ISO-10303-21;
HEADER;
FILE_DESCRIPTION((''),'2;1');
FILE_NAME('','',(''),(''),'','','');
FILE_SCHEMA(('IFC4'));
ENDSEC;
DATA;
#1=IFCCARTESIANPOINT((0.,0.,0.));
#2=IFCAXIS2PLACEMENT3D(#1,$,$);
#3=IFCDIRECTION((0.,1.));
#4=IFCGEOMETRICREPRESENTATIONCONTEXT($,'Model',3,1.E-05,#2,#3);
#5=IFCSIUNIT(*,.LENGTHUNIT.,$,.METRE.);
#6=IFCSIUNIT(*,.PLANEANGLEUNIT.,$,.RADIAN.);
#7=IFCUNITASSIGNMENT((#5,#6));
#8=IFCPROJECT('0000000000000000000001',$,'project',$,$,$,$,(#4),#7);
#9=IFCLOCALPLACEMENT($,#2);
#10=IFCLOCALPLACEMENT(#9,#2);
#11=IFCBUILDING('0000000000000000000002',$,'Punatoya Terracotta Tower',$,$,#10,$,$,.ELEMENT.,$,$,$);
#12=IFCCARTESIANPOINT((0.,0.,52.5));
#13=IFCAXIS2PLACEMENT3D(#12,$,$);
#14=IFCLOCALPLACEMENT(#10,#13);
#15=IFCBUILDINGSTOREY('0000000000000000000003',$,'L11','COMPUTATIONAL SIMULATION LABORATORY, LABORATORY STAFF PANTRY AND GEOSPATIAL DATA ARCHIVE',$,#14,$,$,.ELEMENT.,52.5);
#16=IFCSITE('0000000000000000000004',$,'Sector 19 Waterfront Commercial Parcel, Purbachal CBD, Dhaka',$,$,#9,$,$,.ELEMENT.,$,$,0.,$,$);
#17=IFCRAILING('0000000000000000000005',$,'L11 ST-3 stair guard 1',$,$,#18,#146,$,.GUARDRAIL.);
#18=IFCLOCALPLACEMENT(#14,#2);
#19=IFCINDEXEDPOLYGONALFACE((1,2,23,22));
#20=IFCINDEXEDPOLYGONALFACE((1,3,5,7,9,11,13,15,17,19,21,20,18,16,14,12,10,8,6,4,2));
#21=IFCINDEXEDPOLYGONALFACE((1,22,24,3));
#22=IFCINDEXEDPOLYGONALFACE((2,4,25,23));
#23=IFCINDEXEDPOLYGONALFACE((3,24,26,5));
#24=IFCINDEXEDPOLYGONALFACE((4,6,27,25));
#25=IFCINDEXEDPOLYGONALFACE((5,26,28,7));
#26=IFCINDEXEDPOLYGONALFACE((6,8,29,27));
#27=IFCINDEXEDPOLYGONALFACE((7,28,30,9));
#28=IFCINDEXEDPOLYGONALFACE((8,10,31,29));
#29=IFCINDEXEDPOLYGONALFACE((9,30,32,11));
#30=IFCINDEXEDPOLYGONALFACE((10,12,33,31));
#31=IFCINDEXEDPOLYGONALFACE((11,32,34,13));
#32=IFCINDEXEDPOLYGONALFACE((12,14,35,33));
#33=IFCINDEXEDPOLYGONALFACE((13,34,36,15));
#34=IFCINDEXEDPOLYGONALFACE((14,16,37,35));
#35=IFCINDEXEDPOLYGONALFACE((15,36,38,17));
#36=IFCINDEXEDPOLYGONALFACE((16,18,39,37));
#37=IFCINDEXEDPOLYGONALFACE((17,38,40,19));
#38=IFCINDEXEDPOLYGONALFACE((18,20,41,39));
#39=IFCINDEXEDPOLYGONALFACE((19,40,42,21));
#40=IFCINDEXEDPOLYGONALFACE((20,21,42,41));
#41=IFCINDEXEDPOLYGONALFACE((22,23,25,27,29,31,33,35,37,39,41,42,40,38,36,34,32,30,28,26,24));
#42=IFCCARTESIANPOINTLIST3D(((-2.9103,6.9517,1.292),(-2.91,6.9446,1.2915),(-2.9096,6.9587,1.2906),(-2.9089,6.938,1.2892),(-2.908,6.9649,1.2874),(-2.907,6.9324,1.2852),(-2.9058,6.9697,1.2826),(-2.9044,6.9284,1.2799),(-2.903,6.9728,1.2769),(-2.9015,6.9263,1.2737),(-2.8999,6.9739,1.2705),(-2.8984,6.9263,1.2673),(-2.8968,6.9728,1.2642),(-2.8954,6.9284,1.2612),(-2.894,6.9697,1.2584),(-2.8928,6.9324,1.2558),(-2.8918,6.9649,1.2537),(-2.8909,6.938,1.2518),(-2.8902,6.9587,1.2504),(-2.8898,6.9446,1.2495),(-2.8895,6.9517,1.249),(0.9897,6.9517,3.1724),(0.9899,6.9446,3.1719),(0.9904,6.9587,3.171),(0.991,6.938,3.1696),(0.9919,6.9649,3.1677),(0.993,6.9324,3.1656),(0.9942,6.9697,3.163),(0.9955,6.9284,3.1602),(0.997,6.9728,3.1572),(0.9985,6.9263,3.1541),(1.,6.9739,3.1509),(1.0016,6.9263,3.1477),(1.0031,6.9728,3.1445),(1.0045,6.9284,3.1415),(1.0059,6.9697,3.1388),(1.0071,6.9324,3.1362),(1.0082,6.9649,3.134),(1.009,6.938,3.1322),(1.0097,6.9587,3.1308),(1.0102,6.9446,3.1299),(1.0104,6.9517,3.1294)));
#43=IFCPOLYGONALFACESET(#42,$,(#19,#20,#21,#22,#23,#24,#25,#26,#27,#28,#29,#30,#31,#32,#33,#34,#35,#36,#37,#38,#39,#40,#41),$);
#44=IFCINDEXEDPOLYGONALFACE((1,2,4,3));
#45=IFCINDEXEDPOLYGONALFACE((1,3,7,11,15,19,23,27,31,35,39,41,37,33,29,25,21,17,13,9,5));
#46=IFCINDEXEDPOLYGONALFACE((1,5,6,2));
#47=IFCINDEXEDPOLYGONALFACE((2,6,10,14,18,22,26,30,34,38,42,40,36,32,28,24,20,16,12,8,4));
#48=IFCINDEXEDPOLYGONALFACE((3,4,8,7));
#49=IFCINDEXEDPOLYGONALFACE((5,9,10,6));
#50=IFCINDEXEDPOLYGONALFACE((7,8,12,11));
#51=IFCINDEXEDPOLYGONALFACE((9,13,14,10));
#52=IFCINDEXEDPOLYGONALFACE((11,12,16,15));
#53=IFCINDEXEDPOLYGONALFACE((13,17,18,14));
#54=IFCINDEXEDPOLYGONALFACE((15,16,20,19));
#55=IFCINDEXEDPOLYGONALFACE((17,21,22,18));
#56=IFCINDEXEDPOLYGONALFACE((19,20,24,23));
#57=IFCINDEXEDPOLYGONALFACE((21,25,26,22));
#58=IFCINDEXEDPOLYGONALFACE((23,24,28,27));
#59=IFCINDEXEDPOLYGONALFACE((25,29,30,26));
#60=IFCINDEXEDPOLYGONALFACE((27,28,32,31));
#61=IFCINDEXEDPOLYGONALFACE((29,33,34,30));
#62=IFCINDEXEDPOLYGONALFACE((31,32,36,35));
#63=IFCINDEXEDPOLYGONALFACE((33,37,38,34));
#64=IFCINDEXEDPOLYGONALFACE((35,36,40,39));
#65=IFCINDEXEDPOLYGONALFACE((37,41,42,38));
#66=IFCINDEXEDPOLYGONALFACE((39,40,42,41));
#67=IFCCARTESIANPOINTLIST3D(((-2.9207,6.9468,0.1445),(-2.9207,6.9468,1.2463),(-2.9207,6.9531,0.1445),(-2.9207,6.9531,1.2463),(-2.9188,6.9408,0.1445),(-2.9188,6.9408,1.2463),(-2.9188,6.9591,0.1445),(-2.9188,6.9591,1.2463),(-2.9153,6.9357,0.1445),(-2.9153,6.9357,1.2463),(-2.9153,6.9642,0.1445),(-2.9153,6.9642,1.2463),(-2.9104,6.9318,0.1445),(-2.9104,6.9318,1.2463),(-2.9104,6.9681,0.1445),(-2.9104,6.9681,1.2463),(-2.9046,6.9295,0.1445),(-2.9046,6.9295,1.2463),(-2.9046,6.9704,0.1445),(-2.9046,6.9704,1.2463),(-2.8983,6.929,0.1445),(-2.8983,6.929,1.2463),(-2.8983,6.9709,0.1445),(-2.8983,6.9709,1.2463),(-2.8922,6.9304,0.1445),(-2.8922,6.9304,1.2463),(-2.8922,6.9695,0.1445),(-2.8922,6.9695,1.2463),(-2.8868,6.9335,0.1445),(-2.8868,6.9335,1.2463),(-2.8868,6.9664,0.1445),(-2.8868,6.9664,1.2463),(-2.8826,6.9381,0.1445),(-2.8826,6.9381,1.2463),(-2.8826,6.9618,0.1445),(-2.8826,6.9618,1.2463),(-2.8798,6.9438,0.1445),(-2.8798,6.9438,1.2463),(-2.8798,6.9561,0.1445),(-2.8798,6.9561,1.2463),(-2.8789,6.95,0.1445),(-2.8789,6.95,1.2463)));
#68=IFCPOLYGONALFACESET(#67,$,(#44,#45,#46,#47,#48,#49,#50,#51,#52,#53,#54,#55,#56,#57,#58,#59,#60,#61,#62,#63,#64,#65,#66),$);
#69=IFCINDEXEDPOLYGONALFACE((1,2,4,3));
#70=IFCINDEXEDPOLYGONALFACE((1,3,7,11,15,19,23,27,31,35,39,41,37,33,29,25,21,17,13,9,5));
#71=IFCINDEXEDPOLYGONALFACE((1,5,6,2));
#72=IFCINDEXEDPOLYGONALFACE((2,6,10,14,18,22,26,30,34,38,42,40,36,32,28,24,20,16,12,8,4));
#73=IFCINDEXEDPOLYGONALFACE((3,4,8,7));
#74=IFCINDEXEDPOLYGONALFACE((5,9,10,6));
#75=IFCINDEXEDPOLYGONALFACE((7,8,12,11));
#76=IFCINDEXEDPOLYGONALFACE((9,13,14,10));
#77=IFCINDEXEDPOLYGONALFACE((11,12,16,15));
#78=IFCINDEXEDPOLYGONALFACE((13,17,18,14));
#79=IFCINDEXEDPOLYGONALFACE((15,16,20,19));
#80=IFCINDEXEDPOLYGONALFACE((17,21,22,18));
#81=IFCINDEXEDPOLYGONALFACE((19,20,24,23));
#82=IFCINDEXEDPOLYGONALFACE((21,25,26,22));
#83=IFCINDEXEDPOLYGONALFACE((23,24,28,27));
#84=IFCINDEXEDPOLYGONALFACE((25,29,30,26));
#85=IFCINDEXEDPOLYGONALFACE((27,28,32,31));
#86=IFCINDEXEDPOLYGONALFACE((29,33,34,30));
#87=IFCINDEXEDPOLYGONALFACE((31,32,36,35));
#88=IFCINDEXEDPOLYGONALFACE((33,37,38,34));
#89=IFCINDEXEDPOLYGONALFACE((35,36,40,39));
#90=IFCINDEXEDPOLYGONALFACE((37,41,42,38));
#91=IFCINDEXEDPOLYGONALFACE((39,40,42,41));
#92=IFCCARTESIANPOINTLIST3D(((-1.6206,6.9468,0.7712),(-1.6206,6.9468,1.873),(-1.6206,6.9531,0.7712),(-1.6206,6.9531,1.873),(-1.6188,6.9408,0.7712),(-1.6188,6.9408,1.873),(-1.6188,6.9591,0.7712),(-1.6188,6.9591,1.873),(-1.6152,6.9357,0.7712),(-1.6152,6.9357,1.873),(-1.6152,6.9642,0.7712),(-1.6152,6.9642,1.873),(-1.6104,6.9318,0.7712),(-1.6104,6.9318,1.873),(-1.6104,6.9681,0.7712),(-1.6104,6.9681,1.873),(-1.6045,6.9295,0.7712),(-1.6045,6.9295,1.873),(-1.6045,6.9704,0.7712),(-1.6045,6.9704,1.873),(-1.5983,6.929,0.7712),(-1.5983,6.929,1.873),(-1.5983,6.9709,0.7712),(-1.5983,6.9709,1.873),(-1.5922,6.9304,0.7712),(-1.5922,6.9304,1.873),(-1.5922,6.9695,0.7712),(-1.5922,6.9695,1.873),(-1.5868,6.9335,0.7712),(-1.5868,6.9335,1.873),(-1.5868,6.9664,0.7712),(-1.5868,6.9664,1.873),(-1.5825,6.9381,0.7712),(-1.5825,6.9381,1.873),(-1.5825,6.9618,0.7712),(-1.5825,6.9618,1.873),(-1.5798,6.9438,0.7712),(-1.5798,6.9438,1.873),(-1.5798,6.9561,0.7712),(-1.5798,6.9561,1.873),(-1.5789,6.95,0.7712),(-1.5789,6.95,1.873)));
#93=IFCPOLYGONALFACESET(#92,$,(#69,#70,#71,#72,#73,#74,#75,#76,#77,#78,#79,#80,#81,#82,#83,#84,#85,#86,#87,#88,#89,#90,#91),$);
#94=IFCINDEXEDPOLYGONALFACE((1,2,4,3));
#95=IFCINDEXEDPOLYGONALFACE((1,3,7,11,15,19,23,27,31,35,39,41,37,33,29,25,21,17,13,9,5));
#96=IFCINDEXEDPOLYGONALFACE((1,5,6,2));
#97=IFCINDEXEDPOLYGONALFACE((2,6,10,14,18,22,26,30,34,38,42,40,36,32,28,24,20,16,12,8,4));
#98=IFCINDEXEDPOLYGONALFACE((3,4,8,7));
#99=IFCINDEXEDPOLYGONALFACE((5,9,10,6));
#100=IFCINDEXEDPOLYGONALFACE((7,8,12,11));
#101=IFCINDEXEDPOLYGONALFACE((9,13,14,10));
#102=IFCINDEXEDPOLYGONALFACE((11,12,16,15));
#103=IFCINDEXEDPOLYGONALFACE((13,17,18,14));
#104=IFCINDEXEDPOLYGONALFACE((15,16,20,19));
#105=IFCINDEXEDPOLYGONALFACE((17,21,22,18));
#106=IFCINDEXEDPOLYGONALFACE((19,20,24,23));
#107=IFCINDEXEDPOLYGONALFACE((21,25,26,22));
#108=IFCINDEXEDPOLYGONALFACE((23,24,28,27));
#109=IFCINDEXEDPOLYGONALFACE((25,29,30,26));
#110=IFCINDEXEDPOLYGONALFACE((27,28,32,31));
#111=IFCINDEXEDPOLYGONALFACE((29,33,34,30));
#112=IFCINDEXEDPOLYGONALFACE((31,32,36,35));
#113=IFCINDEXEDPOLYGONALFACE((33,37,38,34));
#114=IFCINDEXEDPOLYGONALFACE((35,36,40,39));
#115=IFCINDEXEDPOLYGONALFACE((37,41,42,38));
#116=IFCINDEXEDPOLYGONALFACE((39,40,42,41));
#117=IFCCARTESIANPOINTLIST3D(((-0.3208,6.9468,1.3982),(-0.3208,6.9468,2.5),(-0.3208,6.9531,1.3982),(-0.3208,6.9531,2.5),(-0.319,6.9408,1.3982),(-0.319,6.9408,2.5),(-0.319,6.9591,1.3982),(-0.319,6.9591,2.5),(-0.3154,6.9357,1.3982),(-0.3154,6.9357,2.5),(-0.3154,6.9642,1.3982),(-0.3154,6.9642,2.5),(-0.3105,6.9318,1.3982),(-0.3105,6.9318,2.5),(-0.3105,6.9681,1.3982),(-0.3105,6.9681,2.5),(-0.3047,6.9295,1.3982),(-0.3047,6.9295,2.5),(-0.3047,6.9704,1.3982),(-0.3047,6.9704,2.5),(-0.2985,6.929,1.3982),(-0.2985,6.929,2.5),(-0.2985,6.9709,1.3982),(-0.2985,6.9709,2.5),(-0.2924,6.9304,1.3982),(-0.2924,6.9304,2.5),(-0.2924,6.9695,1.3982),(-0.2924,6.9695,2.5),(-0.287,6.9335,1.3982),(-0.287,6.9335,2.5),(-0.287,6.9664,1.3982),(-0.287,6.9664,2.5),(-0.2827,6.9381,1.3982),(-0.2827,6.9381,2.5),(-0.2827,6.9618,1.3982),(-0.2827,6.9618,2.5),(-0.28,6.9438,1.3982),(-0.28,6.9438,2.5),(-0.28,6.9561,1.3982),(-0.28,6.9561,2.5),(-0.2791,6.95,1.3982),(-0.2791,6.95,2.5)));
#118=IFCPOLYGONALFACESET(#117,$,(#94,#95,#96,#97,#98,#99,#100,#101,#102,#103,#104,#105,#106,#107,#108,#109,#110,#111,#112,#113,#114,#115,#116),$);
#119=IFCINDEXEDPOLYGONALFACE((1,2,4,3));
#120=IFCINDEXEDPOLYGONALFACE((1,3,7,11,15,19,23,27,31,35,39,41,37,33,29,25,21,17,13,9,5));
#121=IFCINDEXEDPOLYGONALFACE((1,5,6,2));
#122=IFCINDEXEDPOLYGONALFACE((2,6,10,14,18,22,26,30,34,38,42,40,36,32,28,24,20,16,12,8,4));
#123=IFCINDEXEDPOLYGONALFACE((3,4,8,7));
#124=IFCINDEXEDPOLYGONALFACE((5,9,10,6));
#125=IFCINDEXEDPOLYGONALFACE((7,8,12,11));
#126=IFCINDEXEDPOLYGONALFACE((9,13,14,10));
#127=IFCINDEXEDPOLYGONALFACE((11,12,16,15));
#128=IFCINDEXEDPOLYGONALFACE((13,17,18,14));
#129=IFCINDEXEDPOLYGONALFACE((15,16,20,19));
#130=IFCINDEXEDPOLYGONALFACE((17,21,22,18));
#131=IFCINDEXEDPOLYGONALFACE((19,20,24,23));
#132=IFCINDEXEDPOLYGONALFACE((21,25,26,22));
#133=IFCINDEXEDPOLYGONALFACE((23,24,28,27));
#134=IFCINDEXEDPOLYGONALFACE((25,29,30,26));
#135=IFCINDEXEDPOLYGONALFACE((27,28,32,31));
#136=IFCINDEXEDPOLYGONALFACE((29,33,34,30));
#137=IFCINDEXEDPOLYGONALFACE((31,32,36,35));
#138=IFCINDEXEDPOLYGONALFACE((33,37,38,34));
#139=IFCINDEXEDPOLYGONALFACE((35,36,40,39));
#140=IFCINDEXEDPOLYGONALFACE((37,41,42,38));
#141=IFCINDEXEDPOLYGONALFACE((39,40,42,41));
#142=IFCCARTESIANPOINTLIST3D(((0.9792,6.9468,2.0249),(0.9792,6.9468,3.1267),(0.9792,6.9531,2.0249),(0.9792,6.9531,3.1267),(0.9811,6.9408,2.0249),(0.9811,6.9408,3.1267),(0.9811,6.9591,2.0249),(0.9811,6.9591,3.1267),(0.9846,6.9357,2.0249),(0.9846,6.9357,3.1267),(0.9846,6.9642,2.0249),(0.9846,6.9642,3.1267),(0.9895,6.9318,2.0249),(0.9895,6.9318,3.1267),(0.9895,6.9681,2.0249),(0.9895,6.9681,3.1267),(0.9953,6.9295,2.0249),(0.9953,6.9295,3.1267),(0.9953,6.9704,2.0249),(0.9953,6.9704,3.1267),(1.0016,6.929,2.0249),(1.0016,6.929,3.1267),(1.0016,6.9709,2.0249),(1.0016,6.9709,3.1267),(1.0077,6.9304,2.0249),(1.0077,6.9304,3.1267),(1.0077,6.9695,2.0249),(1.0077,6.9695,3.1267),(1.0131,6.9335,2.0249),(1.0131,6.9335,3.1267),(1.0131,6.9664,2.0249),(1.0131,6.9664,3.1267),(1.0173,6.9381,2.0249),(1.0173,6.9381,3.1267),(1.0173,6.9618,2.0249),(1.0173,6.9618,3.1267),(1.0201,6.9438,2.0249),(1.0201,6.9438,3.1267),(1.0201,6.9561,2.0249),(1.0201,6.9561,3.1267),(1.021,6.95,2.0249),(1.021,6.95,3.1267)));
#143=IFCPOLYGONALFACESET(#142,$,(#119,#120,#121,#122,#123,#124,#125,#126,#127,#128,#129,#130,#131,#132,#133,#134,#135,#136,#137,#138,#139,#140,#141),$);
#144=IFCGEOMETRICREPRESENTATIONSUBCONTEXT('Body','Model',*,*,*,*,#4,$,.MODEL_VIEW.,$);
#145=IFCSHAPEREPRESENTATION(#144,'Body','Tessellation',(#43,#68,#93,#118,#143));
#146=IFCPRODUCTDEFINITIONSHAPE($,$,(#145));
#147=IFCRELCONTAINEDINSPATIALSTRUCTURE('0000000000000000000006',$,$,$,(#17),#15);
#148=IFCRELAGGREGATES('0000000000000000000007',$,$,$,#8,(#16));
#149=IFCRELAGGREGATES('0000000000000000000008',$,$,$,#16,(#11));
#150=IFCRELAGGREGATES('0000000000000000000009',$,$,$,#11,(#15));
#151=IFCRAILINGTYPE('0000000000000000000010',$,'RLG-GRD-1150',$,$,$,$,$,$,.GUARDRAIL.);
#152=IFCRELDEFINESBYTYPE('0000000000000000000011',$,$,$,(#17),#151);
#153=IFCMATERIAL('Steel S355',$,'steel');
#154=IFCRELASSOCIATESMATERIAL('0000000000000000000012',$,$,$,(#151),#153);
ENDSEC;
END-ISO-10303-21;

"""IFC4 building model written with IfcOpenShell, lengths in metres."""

from ifc_helpers import new_model, si_unit, direction, frame, origin, origin_2d, place, context, subcontext, project, spatial, circle, extrude, material, type_object, element, save


model = new_model("IFC4")

# Units and contexts
model_context = context("Model", 3, precision=1e-05, world=origin(), true_north=direction((0.0, 1.0)))
body_context = subcontext(model_context, "Body", "Model", "MODEL_VIEW")
ifc_project = project(units=[si_unit("LENGTHUNIT", "METRE"), si_unit("PLANEANGLEUNIT", "RADIAN")], contexts=[model_context])

# Site, building, storey
site_placement = place(None, origin())
site = spatial("IfcSite", under=ifc_project, at=site_placement, Name="Sector 19 Waterfront Commercial Parcel, Purbachal CBD, Dhaka", CompositionType="ELEMENT", RefElevation=0.0)
building_placement = place(site_placement, origin())
building = spatial("IfcBuilding", under=site, at=building_placement, Name="Punatoya Terracotta Tower", CompositionType="ELEMENT")
storey_placement = place(building_placement, frame((0.0, 0.0, 52.5)))
storey = spatial("IfcBuildingStorey", under=building, at=storey_placement, Name="L11", Description="COMPUTATIONAL SIMULATION LABORATORY, LABORATORY STAFF PANTRY AND GEOSPATIAL DATA ARCHIVE", CompositionType="ELEMENT", Elevation=52.5)

# Shared definitions
ifc_material_1 = material(Name="Steel S355", Category="steel")

# Railing
railing_type_1 = type_object("IfcRailingType", Name="RLG-GRD-1150", PredefinedType="GUARDRAIL", material=ifc_material_1)
railing_1_placement = place(storey_placement, frame((-2.8999, 6.95, 0.1445)))
element("IfcRailing", 1, at=railing_1_placement, inside=storey, type_object=railing_type_1, Name="L11 ST-3 stair guard 1", PredefinedType="GUARDRAIL", context=body_context, shape_type="SweptSolid", body=[
    extrude(circle(Radius=0.0239, at=origin_2d()), frame((0.0, 0.0, 1.126), z_axis=(0.900763, 0.0, 0.434311), x_axis=(0.0, 1.0, 0.0)), (0.0, 0.0, 1.0), 4.3296),
    extrude(circle(Radius=0.021, at=origin_2d()), origin(), (0.0, 0.0, 1.0), 1.1018),
    extrude(circle(Radius=0.021, at=origin_2d()), frame((1.3, 0.0, 0.6267)), (0.0, 0.0, 1.0), 1.1018),
    extrude(circle(Radius=0.021, at=origin_2d()), frame((2.5999, 0.0, 1.2537)), (0.0, 0.0, 1.0), 1.1018),
    extrude(circle(Radius=0.021, at=origin_2d()), frame((3.8999, 0.0, 1.8804)), (0.0, 0.0, 1.0), 1.1018),
])

save(model, "model.ifc")
